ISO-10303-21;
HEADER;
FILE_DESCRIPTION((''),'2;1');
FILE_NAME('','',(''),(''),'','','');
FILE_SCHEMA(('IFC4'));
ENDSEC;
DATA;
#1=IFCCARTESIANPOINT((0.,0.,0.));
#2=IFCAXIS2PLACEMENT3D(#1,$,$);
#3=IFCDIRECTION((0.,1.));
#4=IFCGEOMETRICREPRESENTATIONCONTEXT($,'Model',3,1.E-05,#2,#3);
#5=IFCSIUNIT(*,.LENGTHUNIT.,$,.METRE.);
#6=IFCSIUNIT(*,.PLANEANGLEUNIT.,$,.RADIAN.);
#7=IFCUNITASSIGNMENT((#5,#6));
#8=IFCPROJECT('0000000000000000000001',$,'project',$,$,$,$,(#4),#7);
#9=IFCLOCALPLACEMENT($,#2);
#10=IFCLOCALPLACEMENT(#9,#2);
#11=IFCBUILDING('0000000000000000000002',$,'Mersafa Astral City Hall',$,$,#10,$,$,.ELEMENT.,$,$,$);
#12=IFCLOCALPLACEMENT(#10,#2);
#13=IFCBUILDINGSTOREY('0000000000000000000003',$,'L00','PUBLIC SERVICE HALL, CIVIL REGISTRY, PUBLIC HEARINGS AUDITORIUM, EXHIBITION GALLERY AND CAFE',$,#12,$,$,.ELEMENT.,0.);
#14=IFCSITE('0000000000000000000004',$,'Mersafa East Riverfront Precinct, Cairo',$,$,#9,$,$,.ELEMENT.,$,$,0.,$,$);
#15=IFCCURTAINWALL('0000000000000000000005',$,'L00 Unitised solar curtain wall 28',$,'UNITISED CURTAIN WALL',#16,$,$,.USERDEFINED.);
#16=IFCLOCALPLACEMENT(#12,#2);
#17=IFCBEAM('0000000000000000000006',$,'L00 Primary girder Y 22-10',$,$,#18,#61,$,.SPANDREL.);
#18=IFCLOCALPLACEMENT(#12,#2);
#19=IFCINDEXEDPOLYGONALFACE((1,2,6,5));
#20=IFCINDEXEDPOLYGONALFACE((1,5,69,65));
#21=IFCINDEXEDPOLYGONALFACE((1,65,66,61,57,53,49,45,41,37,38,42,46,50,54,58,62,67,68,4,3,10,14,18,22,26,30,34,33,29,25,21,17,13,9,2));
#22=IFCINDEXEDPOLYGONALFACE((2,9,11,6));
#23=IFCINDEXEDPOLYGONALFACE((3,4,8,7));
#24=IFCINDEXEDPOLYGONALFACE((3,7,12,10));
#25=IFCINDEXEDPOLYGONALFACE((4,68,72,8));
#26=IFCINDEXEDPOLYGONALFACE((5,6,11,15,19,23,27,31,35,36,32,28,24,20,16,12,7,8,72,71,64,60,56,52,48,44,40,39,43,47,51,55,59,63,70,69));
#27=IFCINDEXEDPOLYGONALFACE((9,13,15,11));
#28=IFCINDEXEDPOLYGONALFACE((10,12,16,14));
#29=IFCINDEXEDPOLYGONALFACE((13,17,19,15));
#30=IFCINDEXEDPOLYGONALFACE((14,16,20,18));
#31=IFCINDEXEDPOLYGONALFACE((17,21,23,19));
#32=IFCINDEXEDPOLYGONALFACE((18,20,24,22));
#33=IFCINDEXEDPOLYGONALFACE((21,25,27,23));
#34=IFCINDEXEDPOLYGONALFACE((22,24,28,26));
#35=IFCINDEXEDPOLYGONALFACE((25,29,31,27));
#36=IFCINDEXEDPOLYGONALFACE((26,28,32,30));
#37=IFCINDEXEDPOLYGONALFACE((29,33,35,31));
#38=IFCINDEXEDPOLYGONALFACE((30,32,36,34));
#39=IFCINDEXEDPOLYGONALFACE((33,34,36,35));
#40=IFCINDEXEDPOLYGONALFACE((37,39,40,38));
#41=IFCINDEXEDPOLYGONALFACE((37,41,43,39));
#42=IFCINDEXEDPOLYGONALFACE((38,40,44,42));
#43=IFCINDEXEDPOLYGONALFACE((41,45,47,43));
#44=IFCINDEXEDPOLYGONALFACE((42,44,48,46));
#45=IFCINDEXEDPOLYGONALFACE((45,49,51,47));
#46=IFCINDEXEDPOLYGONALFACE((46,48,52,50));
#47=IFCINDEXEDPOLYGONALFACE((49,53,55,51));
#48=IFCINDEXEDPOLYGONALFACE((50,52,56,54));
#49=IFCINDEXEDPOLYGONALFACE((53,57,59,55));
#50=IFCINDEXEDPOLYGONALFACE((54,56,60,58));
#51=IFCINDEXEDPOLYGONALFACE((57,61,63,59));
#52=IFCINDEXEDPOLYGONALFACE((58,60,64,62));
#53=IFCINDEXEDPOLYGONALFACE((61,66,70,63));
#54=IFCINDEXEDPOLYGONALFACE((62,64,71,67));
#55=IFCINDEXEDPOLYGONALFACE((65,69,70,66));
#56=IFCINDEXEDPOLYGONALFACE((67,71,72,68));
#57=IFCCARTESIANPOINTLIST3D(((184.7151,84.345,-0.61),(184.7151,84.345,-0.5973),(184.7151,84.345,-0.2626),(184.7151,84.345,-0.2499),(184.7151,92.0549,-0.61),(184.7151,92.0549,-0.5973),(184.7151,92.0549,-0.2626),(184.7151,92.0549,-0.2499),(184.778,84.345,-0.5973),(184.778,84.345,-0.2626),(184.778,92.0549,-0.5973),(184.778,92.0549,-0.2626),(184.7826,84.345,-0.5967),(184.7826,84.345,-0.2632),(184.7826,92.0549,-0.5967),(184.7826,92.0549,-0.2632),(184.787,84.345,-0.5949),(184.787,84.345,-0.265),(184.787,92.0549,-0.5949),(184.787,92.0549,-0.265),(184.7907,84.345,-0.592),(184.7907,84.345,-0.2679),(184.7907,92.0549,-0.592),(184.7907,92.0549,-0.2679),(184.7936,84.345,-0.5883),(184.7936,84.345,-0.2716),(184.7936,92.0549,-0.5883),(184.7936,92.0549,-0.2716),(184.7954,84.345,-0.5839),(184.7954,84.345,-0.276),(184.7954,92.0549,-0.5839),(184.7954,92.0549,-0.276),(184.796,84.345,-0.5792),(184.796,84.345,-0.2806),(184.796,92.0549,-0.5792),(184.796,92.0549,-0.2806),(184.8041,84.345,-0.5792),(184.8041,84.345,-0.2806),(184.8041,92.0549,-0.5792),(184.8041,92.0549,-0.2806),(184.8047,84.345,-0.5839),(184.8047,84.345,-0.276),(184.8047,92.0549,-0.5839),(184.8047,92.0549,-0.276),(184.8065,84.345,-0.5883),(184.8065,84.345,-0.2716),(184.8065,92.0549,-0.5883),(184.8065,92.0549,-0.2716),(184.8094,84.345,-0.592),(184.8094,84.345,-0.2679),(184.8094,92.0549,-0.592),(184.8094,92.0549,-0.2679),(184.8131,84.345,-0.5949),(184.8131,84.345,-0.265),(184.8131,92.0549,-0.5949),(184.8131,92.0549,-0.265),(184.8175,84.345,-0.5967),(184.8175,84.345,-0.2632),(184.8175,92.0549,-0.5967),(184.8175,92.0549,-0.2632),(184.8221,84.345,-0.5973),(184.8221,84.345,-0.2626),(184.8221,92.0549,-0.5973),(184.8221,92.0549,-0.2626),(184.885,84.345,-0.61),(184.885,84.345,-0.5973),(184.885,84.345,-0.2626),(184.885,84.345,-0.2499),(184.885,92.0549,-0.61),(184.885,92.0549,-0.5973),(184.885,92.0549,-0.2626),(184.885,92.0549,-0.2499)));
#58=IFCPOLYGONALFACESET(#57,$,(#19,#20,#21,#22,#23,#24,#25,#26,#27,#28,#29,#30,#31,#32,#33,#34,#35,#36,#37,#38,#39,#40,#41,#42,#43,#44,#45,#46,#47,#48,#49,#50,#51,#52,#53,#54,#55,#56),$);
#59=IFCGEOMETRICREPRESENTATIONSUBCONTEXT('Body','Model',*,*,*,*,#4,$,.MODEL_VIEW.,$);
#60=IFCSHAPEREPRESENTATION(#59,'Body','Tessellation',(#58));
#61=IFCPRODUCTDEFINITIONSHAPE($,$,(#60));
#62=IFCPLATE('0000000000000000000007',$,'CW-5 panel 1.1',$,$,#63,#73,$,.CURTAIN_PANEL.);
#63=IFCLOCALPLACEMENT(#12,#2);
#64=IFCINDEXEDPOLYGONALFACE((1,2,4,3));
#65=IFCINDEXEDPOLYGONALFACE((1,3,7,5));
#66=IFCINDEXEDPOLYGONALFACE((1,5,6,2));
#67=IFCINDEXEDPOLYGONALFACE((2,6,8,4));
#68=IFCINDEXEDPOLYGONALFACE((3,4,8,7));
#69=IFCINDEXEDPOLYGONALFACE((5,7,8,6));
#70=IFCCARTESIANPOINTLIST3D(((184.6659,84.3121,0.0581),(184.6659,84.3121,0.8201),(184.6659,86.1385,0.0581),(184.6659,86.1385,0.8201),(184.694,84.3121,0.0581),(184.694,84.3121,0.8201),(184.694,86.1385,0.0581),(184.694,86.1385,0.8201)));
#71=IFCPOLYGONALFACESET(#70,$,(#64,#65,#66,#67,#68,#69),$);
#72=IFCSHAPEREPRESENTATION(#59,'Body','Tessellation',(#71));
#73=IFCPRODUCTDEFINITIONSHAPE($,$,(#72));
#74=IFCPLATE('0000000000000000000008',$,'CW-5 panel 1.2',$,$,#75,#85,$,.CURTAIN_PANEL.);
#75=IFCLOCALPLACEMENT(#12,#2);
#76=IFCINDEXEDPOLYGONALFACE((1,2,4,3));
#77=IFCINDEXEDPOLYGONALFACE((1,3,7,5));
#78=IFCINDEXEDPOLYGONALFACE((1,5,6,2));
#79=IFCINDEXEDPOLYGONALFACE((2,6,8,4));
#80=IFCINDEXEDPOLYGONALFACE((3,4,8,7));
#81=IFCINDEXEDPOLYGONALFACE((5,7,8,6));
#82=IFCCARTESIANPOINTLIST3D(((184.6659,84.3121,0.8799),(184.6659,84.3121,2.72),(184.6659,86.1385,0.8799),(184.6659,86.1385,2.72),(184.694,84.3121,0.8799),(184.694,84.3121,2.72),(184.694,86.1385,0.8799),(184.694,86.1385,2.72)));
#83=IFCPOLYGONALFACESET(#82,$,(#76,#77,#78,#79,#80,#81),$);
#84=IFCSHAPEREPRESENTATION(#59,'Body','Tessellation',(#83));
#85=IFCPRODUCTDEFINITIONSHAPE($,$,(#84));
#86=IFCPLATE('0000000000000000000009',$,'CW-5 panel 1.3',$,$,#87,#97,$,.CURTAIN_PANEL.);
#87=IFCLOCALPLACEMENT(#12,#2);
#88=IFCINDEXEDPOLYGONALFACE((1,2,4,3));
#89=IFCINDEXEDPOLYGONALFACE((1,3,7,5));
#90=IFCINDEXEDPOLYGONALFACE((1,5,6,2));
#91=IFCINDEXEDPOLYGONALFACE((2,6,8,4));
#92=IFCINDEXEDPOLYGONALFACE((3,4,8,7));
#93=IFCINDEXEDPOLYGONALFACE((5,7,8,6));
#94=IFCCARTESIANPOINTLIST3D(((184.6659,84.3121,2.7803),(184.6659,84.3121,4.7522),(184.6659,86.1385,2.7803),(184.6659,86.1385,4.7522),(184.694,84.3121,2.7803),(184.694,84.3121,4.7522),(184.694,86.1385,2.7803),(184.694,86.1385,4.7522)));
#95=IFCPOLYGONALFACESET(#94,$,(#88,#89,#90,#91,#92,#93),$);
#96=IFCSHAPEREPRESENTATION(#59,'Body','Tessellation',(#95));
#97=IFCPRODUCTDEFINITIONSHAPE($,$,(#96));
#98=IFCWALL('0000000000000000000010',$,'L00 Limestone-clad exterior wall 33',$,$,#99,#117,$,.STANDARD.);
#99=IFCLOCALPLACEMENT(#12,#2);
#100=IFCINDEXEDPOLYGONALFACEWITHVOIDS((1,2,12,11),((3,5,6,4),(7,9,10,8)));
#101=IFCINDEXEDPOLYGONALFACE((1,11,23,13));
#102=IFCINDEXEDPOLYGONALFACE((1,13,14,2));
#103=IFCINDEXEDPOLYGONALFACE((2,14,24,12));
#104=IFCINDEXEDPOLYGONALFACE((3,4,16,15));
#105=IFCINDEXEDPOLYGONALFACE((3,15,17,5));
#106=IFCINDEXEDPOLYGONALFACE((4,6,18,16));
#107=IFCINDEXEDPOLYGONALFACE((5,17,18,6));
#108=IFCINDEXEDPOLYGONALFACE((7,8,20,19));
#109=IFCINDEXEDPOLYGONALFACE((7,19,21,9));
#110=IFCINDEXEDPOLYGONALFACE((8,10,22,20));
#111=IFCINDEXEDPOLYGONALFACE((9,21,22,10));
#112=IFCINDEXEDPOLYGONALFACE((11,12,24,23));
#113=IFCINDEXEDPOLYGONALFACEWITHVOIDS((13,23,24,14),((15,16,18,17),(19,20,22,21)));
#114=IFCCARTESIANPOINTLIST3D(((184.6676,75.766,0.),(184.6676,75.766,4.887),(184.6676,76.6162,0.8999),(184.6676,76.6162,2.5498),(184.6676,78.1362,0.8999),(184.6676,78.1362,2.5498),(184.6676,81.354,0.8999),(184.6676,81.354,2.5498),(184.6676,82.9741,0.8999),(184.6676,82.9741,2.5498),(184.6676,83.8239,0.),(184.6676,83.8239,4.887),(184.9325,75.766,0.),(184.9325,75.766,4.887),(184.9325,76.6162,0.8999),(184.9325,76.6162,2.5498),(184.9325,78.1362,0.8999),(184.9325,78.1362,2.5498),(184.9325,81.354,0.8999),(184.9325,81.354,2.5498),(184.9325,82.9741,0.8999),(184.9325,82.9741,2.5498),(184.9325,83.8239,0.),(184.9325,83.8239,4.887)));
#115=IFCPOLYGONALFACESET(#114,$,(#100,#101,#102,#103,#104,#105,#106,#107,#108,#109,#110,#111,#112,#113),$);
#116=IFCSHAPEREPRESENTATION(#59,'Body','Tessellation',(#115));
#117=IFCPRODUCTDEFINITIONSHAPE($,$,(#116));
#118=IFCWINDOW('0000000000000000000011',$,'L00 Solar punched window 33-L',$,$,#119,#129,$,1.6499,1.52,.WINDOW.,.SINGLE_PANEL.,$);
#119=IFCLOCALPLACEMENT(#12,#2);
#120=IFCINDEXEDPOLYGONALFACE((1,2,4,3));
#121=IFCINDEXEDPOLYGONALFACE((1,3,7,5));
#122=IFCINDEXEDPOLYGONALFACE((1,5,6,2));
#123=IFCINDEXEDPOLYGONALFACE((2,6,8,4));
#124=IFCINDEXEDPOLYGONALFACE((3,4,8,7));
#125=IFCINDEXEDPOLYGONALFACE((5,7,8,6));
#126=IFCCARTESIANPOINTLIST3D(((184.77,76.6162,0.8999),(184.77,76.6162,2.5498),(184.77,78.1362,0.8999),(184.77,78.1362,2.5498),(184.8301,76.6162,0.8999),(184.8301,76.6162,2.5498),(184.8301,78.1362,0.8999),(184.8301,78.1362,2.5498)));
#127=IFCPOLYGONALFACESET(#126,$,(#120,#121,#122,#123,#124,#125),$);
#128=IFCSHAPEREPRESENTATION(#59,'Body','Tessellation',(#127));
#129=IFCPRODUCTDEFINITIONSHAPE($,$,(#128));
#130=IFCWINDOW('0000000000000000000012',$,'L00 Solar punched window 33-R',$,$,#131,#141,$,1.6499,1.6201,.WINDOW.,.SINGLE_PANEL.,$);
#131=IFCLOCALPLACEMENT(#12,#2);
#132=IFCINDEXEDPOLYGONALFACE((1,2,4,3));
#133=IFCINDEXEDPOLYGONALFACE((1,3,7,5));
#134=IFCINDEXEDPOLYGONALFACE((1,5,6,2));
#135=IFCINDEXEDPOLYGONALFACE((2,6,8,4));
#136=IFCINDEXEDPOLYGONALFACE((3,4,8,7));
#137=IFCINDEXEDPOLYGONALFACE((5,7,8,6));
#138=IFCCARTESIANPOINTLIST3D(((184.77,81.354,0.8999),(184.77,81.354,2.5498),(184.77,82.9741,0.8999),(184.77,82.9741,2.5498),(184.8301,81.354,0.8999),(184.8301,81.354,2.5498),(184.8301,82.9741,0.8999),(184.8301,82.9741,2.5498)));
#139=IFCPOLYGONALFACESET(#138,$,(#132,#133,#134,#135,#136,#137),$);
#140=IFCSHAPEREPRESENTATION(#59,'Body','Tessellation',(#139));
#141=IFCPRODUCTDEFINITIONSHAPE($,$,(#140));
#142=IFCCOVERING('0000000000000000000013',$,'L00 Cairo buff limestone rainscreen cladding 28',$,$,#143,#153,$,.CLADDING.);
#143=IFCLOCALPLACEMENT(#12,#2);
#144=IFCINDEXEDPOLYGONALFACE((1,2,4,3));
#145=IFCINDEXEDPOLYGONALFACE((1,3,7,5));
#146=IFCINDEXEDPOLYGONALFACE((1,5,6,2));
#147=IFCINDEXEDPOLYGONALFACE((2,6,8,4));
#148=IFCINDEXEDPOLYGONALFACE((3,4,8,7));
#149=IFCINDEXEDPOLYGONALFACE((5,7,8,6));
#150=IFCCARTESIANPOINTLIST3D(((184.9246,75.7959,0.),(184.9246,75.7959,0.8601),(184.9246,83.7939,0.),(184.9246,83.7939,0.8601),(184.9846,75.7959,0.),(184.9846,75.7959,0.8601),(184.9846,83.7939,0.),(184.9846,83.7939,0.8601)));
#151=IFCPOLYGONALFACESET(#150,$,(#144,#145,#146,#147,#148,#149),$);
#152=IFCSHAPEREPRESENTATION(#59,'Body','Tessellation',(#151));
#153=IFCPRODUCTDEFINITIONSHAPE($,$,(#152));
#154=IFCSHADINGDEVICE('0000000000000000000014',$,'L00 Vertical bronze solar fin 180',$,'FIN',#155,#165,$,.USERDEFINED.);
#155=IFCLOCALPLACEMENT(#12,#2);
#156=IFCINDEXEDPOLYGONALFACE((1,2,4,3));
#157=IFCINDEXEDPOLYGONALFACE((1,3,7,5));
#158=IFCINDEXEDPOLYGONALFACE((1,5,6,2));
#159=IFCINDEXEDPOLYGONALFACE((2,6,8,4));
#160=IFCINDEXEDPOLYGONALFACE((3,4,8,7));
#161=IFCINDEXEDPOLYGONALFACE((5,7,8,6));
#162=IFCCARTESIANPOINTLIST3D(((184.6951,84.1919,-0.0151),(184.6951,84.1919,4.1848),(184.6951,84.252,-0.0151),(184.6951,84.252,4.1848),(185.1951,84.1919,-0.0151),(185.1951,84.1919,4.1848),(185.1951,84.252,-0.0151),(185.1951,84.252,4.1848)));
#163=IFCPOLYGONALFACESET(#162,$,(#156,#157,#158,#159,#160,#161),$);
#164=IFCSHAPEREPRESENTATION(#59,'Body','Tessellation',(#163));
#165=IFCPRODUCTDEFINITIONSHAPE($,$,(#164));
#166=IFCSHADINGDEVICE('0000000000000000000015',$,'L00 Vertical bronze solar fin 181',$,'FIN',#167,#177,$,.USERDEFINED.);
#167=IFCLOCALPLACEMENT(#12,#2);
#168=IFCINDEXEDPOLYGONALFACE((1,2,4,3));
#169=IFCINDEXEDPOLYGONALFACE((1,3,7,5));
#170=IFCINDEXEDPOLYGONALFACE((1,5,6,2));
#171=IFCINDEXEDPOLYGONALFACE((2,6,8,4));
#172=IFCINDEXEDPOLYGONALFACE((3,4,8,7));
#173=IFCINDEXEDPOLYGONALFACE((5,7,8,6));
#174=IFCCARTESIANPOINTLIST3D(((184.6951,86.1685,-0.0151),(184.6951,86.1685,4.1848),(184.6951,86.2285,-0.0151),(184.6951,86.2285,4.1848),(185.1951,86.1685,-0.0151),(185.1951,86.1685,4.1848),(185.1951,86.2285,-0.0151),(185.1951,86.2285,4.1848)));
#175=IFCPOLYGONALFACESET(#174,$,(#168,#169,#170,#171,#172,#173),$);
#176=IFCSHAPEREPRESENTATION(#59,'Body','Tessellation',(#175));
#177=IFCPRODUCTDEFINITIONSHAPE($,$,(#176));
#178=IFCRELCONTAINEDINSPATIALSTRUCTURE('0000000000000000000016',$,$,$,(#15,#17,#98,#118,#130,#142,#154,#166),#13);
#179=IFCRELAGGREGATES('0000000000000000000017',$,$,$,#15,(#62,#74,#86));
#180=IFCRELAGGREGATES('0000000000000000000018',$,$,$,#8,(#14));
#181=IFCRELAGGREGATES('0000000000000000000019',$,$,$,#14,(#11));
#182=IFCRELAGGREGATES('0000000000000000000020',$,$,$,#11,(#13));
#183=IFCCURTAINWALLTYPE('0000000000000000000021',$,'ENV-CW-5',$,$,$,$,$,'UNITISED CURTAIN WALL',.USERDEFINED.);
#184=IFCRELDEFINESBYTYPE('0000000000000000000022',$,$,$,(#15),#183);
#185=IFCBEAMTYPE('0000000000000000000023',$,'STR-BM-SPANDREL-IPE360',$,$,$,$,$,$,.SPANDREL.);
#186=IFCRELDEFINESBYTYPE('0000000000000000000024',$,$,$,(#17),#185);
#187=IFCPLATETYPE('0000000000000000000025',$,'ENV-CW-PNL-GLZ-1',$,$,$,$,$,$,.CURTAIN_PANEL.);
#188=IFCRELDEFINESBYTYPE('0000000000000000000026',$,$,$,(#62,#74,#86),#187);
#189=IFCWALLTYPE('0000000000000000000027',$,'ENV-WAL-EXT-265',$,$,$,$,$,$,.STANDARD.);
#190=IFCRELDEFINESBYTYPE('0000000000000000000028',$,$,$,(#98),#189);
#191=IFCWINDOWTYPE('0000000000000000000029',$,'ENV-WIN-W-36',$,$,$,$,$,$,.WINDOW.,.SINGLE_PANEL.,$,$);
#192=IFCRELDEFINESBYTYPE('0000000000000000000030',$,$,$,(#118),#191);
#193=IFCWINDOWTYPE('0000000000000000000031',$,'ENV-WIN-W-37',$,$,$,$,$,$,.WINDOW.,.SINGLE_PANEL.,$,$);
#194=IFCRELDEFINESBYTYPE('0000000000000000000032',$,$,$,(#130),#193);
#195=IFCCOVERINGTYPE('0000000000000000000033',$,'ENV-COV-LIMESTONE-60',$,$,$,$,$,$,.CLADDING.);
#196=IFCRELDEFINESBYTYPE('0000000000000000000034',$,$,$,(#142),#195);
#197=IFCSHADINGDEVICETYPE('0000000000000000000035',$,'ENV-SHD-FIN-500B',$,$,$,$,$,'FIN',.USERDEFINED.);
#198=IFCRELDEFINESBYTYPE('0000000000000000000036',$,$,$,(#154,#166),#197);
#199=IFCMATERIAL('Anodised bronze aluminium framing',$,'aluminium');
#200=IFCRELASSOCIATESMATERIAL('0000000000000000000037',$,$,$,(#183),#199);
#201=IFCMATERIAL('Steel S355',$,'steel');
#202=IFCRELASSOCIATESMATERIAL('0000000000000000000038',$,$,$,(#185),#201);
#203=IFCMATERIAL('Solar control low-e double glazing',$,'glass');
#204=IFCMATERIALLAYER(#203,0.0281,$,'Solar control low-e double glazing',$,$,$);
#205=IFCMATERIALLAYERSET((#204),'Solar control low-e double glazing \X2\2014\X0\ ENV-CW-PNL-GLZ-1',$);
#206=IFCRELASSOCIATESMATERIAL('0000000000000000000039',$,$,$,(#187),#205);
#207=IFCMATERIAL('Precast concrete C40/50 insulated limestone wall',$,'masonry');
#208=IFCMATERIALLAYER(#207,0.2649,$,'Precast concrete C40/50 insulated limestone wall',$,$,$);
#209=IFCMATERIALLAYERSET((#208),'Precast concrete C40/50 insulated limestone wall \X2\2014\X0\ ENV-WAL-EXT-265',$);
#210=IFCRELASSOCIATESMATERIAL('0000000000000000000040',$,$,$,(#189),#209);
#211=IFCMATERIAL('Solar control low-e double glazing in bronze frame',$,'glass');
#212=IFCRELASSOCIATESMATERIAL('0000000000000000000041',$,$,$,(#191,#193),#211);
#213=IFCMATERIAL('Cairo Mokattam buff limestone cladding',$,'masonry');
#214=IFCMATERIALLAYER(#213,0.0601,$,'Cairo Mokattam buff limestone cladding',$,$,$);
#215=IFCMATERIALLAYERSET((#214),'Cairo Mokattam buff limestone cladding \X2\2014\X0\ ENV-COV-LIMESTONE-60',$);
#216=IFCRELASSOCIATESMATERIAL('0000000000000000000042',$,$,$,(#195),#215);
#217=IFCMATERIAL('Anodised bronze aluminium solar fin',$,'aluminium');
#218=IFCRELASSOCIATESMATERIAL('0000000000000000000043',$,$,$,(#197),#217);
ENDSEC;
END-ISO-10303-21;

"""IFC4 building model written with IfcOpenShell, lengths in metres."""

from ifc_helpers import new_model, si_unit, direction, frame, frame_2d, origin, origin_2d, place, context, subcontext, project, spatial, rectangle, i_section, extrude, material, layer, layer_set, material_profile, profile_set, type_object, element, fill, aggregate, save


model = new_model("IFC4")

# Units and contexts
model_context = context("Model", 3, precision=1e-05, world=origin(), true_north=direction((0.0, 1.0)))
body_context = subcontext(model_context, "Body", "Model", "MODEL_VIEW")
ifc_project = project(units=[si_unit("LENGTHUNIT", "METRE"), si_unit("PLANEANGLEUNIT", "RADIAN")], contexts=[model_context])

# Site, building, storey
site_placement = place(None, origin())
site = spatial("IfcSite", under=ifc_project, at=site_placement, Name="Mersafa East Riverfront Precinct, Cairo", CompositionType="ELEMENT", RefElevation=0.0)
building_placement = place(site_placement, origin())
building = spatial("IfcBuilding", under=site, at=building_placement, Name="Mersafa Astral City Hall", CompositionType="ELEMENT")
storey_placement = place(building_placement, origin())
storey = spatial("IfcBuildingStorey", under=building, at=storey_placement, Name="L00", Description="PUBLIC SERVICE HALL, CIVIL REGISTRY, PUBLIC HEARINGS AUDITORIUM, EXHIBITION GALLERY AND CAFE", CompositionType="ELEMENT", Elevation=0.0)

# Shared definitions
ifc_material_1 = material(Name="Steel S355", Category="steel")

# Curtain wall
ifc_material_2 = material(Name="Anodised bronze aluminium framing", Category="aluminium")
curtain_wall_type = type_object("IfcCurtainWallType", Name="ENV-CW-5", ElementType="UNITISED CURTAIN WALL", PredefinedType="USERDEFINED", material=ifc_material_2)
curtain_wall_placement = place(storey_placement, origin())
curtain_wall = element("IfcCurtainWall", 1, at=curtain_wall_placement, inside=storey, type_object=curtain_wall_type, Name="L00 Unitised solar curtain wall 28", ObjectType="UNITISED CURTAIN WALL", PredefinedType="USERDEFINED")

# Beam
ifc_material_profile_1 = material_profile(ifc_material_1, i_section(OverallWidth=0.1699, OverallDepth=0.3601, WebThickness=0.0081, FlangeThickness=0.0127, FilletRadius=0.0181, at=origin_2d()), Name="IPE 360")
ifc_profile_set_1 = profile_set([ifc_material_profile_1], Name="Steel S355")
beam_type_1 = type_object("IfcBeamType", Name="STR-BM-SPANDREL-IPE360", PredefinedType="SPANDREL", material=ifc_profile_set_1)
beam_1_placement = place(storey_placement, frame((184.8, 84.345, -0.4299), z_axis=(0.0, 1.0, 0.0), x_axis=(-1.0, 0.0, 0.0)))
element("IfcBeam", 2, at=beam_1_placement, inside=storey, type_object=beam_type_1, Name="L00 Primary girder Y 22-10", PredefinedType="SPANDREL", context=body_context, shape_type="SweptSolid", body=[
    extrude(i_section(OverallWidth=0.1699, OverallDepth=0.3601, WebThickness=0.0081, FlangeThickness=0.0127, FilletRadius=0.0181, at=origin_2d()), origin(), (0.0, 0.0, 1.0), 7.71),
])

# Plates
ifc_material_3 = material(Name="Solar control low-e double glazing", Category="glass")
ifc_layer_1 = layer(ifc_material_3, 0.0281, Name="Solar control low-e double glazing")
ifc_layer_set_1 = layer_set([ifc_layer_1], Name="Solar control low-e double glazing — ENV-CW-PNL-GLZ-1")
plate_type = type_object("IfcPlateType", Name="ENV-CW-PNL-GLZ-1", PredefinedType="CURTAIN_PANEL", material=ifc_layer_set_1)
plate_1_placement = place(storey_placement, frame((184.6799, 85.2253, 0.0581), z_axis=(0.0, 0.0, 1.0), x_axis=(0.0, 1.0, 0.0)))
plate_1 = element("IfcPlate", 3, at=plate_1_placement, type_object=plate_type, Name="CW-5 panel 1.1", PredefinedType="CURTAIN_PANEL", context=body_context, shape_type="SweptSolid", body=[
    extrude(rectangle(XDim=1.8264, YDim=0.0281, at=origin_2d()), origin(), (0.0, 0.0, 1.0), 0.762),
])
plate_2_placement = place(storey_placement, frame((184.6799, 85.2253, 0.8799), z_axis=(0.0, 0.0, 1.0), x_axis=(0.0, 1.0, 0.0)))
plate_2 = element("IfcPlate", 4, at=plate_2_placement, type_object=plate_type, Name="CW-5 panel 1.2", PredefinedType="CURTAIN_PANEL", context=body_context, shape_type="SweptSolid", body=[
    extrude(rectangle(XDim=1.8264, YDim=0.0281, at=origin_2d()), origin(), (0.0, 0.0, 1.0), 1.8401),
])
plate_3_placement = place(storey_placement, frame((184.6799, 85.2253, 2.7803), z_axis=(0.0, 0.0, 1.0), x_axis=(0.0, 1.0, 0.0)))
plate_3 = element("IfcPlate", 5, at=plate_3_placement, type_object=plate_type, Name="CW-5 panel 1.3", PredefinedType="CURTAIN_PANEL", context=body_context, shape_type="SweptSolid", body=[
    extrude(rectangle(XDim=1.8264, YDim=0.0281, at=origin_2d()), origin(), (0.0, 0.0, 1.0), 1.9719),
])
aggregate(curtain_wall, [plate_1, plate_2, plate_3])

# Wall, openings, windows
ifc_material_4 = material(Name="Precast concrete C40/50 insulated limestone wall", Category="masonry")
ifc_layer_2 = layer(ifc_material_4, 0.2649, Name="Precast concrete C40/50 insulated limestone wall")
ifc_layer_set_2 = layer_set([ifc_layer_2], Name="Precast concrete C40/50 insulated limestone wall — ENV-WAL-EXT-265")
wall_type = type_object("IfcWallType", Name="ENV-WAL-EXT-265", PredefinedType="STANDARD", material=ifc_layer_set_2)
wall_placement = place(storey_placement, frame((184.8, 75.7661, 0.0), z_axis=(0.0, 0.0, 1.0), x_axis=(0.0, 1.0, 0.0)))
wall = element("IfcWall", 6, at=wall_placement, inside=storey, type_object=wall_type, Name="L00 Limestone-clad exterior wall 33", PredefinedType="STANDARD", context=body_context, shape_type="SweptSolid", body=[
    extrude(rectangle(XDim=8.0579, YDim=0.2649, at=frame_2d((4.0288, 0.0))), origin(), (0.0, 0.0, 1.0), 4.887),
])
opening_1_placement = place(wall_placement, frame((0.8501, 0.0, 0.8999)))
opening_1 = element("IfcOpeningElement", 7, at=opening_1_placement, cuts=wall, PredefinedType="OPENING", context=body_context, shape_type="SweptSolid", body=[
    extrude(rectangle(XDim=1.52, YDim=1.6499, at=frame_2d((0.76, 0.825))), frame((0.0, 0.1423, 0.0), z_axis=(0.0, -1.0, 0.0), x_axis=(1.0, 0.0, 0.0)), (0.0, 0.0, 1.0), 0.2849),
])
opening_2_placement = place(wall_placement, frame((5.5879, 0.0, 0.8999)))
opening_2 = element("IfcOpeningElement", 8, at=opening_2_placement, cuts=wall, PredefinedType="OPENING", context=body_context, shape_type="SweptSolid", body=[
    extrude(rectangle(XDim=1.6201, YDim=1.6499, at=frame_2d((0.8101, 0.825))), frame((0.0, 0.1423, 0.0), z_axis=(0.0, -1.0, 0.0), x_axis=(1.0, 0.0, 0.0)), (0.0, 0.0, 1.0), 0.2849),
])
ifc_material_5 = material(Name="Solar control low-e double glazing in bronze frame", Category="glass")
window_type_1 = type_object("IfcWindowType", Name="ENV-WIN-W-36", PartitioningType="SINGLE_PANEL", PredefinedType="WINDOW", material=ifc_material_5)
window_1_placement = place(opening_1_placement, origin())
window_1 = element("IfcWindow", 9, at=window_1_placement, inside=storey, type_object=window_type_1, Name="L00 Solar punched window 33-L", OverallHeight=1.6499, OverallWidth=1.52, PartitioningType="SINGLE_PANEL", PredefinedType="WINDOW", context=body_context, shape_type="SweptSolid", body=[
    extrude(rectangle(XDim=1.52, YDim=1.6499, at=frame_2d((0.76, 0.825))), frame((0.0, 0.03, 0.0), z_axis=(0.0, -1.0, 0.0), x_axis=(1.0, 0.0, 0.0)), (0.0, 0.0, 1.0), 0.0601),
])
fill(opening_1, window_1)
window_type_2 = type_object("IfcWindowType", Name="ENV-WIN-W-37", PartitioningType="SINGLE_PANEL", PredefinedType="WINDOW", material=ifc_material_5)
window_2_placement = place(opening_2_placement, origin())
window_2 = element("IfcWindow", 10, at=window_2_placement, inside=storey, type_object=window_type_2, Name="L00 Solar punched window 33-R", OverallHeight=1.6499, OverallWidth=1.6201, PartitioningType="SINGLE_PANEL", PredefinedType="WINDOW", context=body_context, shape_type="SweptSolid", body=[
    extrude(rectangle(XDim=1.6201, YDim=1.6499, at=frame_2d((0.8101, 0.825))), frame((0.0, 0.03, 0.0), z_axis=(0.0, -1.0, 0.0), x_axis=(1.0, 0.0, 0.0)), (0.0, 0.0, 1.0), 0.0601),
])
fill(opening_2, window_2)

# Covering
ifc_material_6 = material(Name="Cairo Mokattam buff limestone cladding", Category="masonry")
ifc_layer_3 = layer(ifc_material_6, 0.0601, Name="Cairo Mokattam buff limestone cladding")
ifc_layer_set_3 = layer_set([ifc_layer_3], Name="Cairo Mokattam buff limestone cladding — ENV-COV-LIMESTONE-60")
covering_type = type_object("IfcCoveringType", Name="ENV-COV-LIMESTONE-60", PredefinedType="CLADDING", material=ifc_layer_set_3)
covering_placement = place(storey_placement, frame((184.9546, 79.7949, 0.0), z_axis=(0.0, 0.0, 1.0), x_axis=(0.0, 1.0, 0.0)))
element("IfcCovering", 11, at=covering_placement, inside=storey, type_object=covering_type, Name="L00 Cairo buff limestone rainscreen cladding 28", PredefinedType="CLADDING", context=body_context, shape_type="SweptSolid", body=[
    extrude(rectangle(XDim=7.998, YDim=0.0601, at=origin_2d()), origin(), (0.0, 0.0, 1.0), 0.8601),
])

# Shading devices
ifc_material_7 = material(Name="Anodised bronze aluminium solar fin", Category="aluminium")
shading_device_type = type_object("IfcShadingDeviceType", Name="ENV-SHD-FIN-500B", ElementType="FIN", PredefinedType="USERDEFINED", material=ifc_material_7)
for number, where, z_axis, x_axis, name in (
    (12, (184.9451, 84.2219, -0.0151), (0.0, 0.0, 1.0), (0.0, 1.0, 0.0), "L00 Vertical bronze solar fin 180"),
    (13, (184.9451, 86.1985, -0.0151), (0.0, 0.0, 1.0), (0.0, 1.0, 0.0), "L00 Vertical bronze solar fin 181"),
):
    element("IfcShadingDevice", number, at=place(storey_placement, frame(where, z_axis=z_axis, x_axis=x_axis)), inside=storey, type_object=shading_device_type, Name=name, ObjectType="FIN", PredefinedType="USERDEFINED", context=body_context, shape_type="SweptSolid", body=[
        extrude(rectangle(XDim=0.0601, YDim=0.5, at=origin_2d()), origin(), (0.0, 0.0, 1.0), 4.2),
    ])

save(model, "model.ifc")
